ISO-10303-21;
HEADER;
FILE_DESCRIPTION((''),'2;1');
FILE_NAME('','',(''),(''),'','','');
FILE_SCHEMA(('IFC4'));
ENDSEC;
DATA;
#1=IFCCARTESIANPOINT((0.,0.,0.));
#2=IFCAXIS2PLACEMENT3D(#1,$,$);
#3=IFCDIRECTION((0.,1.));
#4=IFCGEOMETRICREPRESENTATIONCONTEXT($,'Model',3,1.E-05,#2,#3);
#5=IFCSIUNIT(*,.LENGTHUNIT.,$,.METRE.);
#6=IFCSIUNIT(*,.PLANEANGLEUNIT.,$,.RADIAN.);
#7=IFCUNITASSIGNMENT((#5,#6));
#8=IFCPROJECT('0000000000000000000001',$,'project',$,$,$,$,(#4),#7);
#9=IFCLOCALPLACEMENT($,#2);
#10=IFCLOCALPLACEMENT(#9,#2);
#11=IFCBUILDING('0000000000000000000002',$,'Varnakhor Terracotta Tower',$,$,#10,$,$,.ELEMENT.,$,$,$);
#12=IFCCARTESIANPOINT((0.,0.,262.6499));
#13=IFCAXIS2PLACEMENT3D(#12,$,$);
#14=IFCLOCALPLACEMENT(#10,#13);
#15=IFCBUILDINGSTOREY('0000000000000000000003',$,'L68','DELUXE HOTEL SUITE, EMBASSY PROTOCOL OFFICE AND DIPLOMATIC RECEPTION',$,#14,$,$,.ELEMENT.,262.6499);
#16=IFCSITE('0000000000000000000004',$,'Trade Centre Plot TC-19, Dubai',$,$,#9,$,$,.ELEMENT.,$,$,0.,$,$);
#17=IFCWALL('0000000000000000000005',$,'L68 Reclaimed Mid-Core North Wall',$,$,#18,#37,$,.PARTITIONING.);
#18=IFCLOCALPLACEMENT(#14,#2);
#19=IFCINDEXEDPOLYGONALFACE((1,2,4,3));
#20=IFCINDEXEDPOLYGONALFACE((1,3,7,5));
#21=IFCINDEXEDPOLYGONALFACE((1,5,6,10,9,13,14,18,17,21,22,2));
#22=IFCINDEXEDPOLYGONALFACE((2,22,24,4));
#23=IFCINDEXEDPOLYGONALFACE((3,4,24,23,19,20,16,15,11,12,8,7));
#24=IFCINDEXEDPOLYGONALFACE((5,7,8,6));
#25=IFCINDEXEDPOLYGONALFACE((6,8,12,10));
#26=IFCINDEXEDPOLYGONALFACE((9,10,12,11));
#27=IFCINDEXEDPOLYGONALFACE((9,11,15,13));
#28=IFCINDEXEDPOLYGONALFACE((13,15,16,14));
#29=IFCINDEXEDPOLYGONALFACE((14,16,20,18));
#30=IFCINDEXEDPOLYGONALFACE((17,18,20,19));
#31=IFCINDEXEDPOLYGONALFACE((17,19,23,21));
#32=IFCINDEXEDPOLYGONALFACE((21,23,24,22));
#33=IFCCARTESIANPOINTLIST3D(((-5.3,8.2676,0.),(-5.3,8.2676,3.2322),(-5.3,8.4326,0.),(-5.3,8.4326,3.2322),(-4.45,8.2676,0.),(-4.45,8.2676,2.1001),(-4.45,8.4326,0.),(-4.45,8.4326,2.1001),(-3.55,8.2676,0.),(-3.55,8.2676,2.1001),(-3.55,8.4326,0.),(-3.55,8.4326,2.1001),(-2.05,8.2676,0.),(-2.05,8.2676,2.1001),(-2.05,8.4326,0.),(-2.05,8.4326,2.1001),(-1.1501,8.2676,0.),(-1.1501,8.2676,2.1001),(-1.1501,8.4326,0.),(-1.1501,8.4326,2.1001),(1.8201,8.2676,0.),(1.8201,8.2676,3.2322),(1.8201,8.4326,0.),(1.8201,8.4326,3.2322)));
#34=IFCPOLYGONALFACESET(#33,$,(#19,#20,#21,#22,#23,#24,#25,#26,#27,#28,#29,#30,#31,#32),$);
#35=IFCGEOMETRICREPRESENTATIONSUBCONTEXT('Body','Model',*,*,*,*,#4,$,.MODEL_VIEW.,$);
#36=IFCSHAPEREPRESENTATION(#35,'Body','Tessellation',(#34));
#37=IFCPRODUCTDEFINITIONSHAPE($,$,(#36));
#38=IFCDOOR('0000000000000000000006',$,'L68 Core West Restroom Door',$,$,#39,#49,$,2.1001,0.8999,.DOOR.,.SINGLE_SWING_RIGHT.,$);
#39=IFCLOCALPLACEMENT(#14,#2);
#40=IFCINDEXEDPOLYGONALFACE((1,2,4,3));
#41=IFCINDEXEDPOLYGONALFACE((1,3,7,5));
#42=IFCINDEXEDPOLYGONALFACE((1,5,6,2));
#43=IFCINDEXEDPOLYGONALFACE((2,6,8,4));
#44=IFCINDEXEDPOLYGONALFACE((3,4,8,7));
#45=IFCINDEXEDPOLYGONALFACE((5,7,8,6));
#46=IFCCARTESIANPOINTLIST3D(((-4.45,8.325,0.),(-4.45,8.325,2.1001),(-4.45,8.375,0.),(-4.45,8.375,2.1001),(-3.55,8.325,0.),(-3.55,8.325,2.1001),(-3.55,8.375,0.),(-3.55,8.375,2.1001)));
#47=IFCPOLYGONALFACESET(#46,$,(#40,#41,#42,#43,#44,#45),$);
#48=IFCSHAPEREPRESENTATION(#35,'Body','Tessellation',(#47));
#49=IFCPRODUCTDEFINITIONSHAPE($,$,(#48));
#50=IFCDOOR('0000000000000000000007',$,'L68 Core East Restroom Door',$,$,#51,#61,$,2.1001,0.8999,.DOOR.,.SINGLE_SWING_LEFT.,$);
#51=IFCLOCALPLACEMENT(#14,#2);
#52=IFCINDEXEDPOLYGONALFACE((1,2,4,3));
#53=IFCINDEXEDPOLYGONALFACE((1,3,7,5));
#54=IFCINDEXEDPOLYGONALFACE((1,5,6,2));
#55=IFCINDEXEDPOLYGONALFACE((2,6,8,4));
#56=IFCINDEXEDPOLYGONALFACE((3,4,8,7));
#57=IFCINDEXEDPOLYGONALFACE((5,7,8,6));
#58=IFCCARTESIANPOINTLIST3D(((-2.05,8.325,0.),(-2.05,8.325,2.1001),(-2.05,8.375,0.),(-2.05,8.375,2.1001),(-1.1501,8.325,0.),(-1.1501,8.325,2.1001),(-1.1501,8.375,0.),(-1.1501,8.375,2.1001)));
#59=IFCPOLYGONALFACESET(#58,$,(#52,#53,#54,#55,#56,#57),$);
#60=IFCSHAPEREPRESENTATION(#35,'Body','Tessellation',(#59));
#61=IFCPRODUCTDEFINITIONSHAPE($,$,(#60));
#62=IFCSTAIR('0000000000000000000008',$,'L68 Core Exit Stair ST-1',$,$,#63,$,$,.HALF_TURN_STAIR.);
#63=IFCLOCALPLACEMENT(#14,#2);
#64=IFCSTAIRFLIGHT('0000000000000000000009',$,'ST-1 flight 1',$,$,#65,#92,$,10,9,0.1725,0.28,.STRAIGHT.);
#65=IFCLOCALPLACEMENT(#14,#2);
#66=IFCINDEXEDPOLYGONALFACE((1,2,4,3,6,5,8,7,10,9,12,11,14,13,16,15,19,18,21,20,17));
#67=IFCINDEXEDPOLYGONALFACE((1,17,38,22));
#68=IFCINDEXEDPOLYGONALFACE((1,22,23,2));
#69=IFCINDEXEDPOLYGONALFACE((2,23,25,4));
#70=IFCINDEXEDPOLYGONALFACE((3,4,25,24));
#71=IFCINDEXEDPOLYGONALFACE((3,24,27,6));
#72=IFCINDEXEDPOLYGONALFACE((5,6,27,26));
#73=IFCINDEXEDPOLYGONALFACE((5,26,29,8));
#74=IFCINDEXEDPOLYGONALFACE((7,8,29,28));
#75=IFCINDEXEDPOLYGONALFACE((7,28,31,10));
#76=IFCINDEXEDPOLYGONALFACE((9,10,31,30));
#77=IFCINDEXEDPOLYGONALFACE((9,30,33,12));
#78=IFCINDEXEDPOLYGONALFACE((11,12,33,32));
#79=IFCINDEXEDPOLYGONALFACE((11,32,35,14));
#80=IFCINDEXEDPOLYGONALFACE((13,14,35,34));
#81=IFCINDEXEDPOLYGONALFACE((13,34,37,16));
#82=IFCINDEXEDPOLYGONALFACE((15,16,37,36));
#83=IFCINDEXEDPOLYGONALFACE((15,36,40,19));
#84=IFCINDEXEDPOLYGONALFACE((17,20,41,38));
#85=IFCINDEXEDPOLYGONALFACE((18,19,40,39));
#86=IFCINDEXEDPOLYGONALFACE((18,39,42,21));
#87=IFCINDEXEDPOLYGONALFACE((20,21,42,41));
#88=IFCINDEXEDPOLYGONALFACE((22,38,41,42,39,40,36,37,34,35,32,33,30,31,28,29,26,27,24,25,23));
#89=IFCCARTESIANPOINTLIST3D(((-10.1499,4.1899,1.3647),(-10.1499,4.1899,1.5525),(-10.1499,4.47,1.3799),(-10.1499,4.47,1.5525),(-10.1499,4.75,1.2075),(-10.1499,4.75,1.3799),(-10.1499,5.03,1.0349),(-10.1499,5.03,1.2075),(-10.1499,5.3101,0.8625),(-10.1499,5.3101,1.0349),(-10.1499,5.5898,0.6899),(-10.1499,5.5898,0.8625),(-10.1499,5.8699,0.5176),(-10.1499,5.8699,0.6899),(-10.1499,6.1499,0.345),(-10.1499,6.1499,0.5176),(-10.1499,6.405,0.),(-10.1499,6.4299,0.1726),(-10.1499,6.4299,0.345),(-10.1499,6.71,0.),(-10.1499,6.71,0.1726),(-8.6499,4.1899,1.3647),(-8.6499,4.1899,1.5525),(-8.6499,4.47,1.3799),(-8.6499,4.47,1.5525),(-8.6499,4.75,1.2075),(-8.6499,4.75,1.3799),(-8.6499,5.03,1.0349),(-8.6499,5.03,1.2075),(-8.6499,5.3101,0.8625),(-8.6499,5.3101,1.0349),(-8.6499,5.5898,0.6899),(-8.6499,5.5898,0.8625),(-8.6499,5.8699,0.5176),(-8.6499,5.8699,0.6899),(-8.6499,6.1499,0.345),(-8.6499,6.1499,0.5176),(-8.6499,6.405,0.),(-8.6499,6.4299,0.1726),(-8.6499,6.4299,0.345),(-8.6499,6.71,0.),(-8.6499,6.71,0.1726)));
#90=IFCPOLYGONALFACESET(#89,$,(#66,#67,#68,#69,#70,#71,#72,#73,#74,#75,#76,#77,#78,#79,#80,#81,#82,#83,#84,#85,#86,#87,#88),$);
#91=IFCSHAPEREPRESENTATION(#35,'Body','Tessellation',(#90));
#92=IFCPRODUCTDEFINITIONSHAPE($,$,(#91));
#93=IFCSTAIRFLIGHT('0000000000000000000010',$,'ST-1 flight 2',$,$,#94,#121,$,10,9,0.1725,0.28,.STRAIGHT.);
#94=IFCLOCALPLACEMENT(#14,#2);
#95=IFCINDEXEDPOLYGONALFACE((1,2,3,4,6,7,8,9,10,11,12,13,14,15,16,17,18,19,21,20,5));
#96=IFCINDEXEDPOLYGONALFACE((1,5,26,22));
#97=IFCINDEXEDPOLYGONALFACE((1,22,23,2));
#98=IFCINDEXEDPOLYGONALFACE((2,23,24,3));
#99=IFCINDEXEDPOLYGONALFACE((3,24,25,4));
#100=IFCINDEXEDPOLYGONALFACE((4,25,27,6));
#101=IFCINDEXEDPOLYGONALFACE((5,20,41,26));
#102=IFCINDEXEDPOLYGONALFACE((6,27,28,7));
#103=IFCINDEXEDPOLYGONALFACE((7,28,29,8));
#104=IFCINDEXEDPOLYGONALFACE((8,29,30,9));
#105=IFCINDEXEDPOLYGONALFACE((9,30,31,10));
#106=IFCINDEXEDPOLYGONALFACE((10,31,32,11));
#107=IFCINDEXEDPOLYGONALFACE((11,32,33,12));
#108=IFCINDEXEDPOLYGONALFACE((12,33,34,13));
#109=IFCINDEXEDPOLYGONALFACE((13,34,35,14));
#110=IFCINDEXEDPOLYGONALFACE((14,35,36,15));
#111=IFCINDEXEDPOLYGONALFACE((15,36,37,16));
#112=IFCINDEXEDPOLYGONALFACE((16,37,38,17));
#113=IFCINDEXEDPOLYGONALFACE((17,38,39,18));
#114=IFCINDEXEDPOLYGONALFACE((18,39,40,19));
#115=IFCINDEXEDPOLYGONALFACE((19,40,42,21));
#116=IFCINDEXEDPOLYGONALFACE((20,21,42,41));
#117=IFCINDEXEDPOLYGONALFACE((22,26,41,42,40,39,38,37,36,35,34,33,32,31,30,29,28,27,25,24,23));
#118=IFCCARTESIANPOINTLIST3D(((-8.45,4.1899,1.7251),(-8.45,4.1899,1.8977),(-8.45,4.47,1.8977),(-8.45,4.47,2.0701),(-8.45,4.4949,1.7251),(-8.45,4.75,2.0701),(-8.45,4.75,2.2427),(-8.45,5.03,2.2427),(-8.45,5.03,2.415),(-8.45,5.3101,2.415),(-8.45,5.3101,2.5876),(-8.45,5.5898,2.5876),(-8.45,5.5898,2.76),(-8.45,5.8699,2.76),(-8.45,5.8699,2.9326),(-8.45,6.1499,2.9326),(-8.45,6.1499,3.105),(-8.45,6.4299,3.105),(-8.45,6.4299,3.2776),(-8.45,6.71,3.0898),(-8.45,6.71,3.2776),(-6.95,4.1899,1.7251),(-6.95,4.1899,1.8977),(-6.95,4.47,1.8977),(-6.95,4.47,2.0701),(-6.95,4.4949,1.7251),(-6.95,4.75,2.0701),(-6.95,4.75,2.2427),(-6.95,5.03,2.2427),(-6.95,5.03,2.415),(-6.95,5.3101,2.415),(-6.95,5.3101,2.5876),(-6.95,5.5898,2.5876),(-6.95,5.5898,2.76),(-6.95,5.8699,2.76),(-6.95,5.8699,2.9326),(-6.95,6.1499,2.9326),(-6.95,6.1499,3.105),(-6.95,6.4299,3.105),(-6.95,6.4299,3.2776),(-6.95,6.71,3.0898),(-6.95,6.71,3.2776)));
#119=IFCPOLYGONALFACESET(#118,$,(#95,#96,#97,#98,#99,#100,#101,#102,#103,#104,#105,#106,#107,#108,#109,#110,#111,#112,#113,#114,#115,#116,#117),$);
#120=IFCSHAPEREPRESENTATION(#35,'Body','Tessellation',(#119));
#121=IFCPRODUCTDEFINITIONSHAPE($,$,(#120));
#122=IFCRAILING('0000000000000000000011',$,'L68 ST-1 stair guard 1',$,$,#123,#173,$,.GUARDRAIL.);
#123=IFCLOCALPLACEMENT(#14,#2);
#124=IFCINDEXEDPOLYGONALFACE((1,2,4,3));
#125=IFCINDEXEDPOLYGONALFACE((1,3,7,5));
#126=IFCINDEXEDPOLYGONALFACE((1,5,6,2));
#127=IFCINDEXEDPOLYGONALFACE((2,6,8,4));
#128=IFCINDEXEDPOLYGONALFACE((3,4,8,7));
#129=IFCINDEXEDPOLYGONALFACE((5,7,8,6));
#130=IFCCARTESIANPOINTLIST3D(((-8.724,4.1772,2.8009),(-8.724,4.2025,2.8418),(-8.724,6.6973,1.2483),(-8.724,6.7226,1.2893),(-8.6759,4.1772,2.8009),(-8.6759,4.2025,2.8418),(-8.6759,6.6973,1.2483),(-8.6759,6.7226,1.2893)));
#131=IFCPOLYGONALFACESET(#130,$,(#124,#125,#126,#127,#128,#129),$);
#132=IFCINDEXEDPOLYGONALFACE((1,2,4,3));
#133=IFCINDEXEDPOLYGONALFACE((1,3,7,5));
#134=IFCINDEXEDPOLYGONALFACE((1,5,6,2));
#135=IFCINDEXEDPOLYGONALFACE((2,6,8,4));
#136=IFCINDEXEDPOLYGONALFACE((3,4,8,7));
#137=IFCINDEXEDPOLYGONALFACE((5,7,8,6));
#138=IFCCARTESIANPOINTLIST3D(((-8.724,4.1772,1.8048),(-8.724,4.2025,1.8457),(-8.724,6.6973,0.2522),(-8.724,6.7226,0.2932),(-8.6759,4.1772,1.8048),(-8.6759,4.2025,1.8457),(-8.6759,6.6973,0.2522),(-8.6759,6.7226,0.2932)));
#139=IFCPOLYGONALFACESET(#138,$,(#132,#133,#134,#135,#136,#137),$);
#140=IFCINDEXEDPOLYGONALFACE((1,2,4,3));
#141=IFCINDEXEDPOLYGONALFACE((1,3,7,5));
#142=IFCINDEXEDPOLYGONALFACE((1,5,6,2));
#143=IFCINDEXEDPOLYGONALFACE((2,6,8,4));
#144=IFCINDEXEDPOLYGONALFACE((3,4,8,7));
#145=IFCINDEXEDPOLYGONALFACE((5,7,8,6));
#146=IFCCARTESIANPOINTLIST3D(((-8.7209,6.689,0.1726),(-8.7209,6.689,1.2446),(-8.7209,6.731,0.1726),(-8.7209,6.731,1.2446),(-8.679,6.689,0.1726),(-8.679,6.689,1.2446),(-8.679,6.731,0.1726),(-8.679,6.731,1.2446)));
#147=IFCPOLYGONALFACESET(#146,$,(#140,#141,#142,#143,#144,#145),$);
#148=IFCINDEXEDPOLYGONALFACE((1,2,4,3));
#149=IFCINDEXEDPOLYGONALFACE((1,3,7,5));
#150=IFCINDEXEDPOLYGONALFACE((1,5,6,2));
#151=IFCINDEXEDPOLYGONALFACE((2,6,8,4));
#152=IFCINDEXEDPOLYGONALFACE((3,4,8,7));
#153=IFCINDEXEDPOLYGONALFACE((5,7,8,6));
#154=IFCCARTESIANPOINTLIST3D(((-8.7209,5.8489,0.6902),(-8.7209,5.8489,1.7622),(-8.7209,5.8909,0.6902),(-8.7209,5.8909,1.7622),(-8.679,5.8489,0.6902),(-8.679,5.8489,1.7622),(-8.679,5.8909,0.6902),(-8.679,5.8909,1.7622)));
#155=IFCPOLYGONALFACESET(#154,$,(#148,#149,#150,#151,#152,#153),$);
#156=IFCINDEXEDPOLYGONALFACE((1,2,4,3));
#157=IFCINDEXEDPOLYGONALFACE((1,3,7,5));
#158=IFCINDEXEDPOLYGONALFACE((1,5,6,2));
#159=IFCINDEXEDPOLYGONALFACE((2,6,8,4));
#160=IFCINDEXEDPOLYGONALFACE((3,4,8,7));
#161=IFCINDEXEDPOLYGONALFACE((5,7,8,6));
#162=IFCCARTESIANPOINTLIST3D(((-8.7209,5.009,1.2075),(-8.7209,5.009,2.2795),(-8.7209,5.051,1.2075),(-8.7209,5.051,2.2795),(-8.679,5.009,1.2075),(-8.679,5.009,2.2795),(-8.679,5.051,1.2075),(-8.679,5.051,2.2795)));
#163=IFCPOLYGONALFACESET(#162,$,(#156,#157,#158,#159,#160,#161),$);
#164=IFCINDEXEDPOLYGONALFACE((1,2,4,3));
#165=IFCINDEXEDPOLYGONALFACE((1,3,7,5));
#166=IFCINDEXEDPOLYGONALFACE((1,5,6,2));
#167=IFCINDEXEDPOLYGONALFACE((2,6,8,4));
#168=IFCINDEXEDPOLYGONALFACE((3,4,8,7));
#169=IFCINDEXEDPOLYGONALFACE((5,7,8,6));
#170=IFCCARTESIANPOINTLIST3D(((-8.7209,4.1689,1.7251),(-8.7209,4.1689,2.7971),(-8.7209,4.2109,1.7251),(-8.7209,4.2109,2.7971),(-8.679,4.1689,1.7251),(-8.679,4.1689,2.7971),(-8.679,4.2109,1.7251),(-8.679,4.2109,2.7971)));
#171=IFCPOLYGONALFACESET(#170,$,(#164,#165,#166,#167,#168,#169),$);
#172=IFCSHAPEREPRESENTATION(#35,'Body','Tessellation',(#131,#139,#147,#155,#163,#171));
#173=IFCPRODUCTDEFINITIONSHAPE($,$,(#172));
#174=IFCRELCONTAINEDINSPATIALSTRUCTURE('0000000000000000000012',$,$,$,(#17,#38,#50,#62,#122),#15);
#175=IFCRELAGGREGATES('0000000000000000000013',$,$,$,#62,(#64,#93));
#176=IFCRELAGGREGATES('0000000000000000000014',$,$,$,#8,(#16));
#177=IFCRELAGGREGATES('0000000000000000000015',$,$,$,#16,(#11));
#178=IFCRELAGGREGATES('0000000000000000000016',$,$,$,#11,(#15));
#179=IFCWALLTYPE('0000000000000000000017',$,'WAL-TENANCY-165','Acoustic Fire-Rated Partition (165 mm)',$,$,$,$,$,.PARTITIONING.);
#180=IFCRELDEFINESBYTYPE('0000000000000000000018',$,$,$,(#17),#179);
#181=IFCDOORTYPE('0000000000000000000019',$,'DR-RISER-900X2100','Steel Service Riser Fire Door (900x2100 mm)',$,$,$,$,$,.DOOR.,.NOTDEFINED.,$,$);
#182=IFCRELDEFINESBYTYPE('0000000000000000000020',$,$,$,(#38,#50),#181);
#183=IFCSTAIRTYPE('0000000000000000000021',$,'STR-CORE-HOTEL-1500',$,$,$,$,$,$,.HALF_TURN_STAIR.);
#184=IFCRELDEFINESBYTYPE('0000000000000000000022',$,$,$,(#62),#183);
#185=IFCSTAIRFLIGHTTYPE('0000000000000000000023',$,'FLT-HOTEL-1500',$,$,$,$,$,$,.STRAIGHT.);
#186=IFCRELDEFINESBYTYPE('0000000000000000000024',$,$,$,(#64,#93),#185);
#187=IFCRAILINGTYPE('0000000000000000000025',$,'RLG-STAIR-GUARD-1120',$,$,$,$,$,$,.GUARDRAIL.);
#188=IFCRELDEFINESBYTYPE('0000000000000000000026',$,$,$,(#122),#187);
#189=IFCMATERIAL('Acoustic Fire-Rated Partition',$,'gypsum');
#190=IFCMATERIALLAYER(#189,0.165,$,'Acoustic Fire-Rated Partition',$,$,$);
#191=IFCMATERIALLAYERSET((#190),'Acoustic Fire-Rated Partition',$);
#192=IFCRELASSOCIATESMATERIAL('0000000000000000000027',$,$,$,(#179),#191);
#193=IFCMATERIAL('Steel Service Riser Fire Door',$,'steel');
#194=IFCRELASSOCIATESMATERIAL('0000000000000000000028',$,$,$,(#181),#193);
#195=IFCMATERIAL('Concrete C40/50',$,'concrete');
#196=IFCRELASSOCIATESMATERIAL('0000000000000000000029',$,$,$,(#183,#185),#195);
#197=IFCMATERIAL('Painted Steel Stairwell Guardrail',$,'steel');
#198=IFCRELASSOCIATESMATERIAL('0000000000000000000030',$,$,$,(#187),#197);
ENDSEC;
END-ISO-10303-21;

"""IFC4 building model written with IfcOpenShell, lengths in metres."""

from ifc_helpers import new_model, si_unit, direction, frame, frame_2d, origin, origin_2d, place, context, subcontext, project, spatial, polyline, rectangle, outline, extrude, source, transform, mapped, material, layer, layer_set, type_object, type_shapes, element, fill, aggregate, save


model = new_model("IFC4")

# Units and contexts
model_context = context("Model", 3, precision=1e-05, world=origin(), true_north=direction((0.0, 1.0)))
body_context = subcontext(model_context, "Body", "Model", "MODEL_VIEW")
ifc_project = project(units=[si_unit("LENGTHUNIT", "METRE"), si_unit("PLANEANGLEUNIT", "RADIAN")], contexts=[model_context])

# Site, building, storey
site_placement = place(None, origin())
site = spatial("IfcSite", under=ifc_project, at=site_placement, Name="Trade Centre Plot TC-19, Dubai", CompositionType="ELEMENT", RefElevation=0.0)
building_placement = place(site_placement, origin())
building = spatial("IfcBuilding", under=site, at=building_placement, Name="Varnakhor Terracotta Tower", CompositionType="ELEMENT")
storey_placement = place(building_placement, frame((0.0, 0.0, 262.6499)))
storey = spatial("IfcBuildingStorey", under=building, at=storey_placement, Name="L68", Description="DELUXE HOTEL SUITE, EMBASSY PROTOCOL OFFICE AND DIPLOMATIC RECEPTION", CompositionType="ELEMENT", Elevation=262.6499)

# Shared definitions
ifc_material_1 = material(Name="Concrete C40/50", Category="concrete")

# Shared definitions
ifc_material_2 = material(Name="Acoustic Fire-Rated Partition", Category="gypsum")
ifc_layer_1 = layer(ifc_material_2, 0.165, Name="Acoustic Fire-Rated Partition")
ifc_layer_set_1 = layer_set([ifc_layer_1], Name="Acoustic Fire-Rated Partition")
wall_type_1 = type_object("IfcWallType", Name="WAL-TENANCY-165", Description="Acoustic Fire-Rated Partition (165 mm)", PredefinedType="PARTITIONING", material=ifc_layer_set_1)
ifc_material_3 = material(Name="Steel Service Riser Fire Door", Category="steel")
door_type_1 = type_object("IfcDoorType", Name="DR-RISER-900X2100", Description="Steel Service Riser Fire Door (900x2100 mm)", OperationType="NOTDEFINED", PredefinedType="DOOR", material=ifc_material_3)
shared_shape_1 = source(origin(), body_context, "Body", "SweptSolid", [
    extrude(rectangle(XDim=0.8999, YDim=2.1001, at=frame_2d((0.45, 1.05))), frame((0.0, 0.0249, 0.0), z_axis=(0.0, -1.0, 0.0), x_axis=(1.0, 0.0, 0.0)), (0.0, 0.0, 1.0), 0.05),
])
type_shapes(door_type_1, [shared_shape_1])

# Wall, openings, doors
wall_1_placement = place(storey_placement, frame((-5.3, 8.3501, 0.0), z_axis=(0.0, 0.0, 1.0), x_axis=(1.0, 0.0, 0.0)))
wall_1 = element("IfcWall", 1, at=wall_1_placement, inside=storey, type_object=wall_type_1, Name="L68 Reclaimed Mid-Core North Wall", PredefinedType="PARTITIONING", context=body_context, shape_type="SweptSolid", body=[
    extrude(rectangle(XDim=7.1201, YDim=0.165, at=frame_2d((3.5601, 0.0))), origin(), (0.0, 0.0, 1.0), 3.2322),
])
opening_1_placement = place(wall_1_placement, frame((0.8501, 0.0, 0.0)))
opening_1 = element("IfcOpeningElement", 2, at=opening_1_placement, cuts=wall_1, PredefinedType="OPENING", context=body_context, shape_type="SweptSolid", body=[
    extrude(rectangle(XDim=0.8999, YDim=2.1001, at=frame_2d((0.45, 1.05))), frame((0.0, 0.0925, 0.0), z_axis=(0.0, -1.0, 0.0), x_axis=(1.0, 0.0, 0.0)), (0.0, 0.0, 1.0), 0.1851),
])
opening_2_placement = place(wall_1_placement, frame((3.25, 0.0, 0.0)))
opening_2 = element("IfcOpeningElement", 3, at=opening_2_placement, cuts=wall_1, PredefinedType="OPENING", context=body_context, shape_type="SweptSolid", body=[
    extrude(rectangle(XDim=0.8999, YDim=2.1001, at=frame_2d((0.45, 1.05))), frame((0.0, 0.0925, 0.0), z_axis=(0.0, -1.0, 0.0), x_axis=(1.0, 0.0, 0.0)), (0.0, 0.0, 1.0), 0.1851),
])
door_1_placement = place(opening_1_placement, origin())
door_1 = element("IfcDoor", 4, at=door_1_placement, inside=storey, type_object=door_type_1, Name="L68 Core West Restroom Door", OperationType="SINGLE_SWING_RIGHT", OverallHeight=2.1001, OverallWidth=0.8999, PredefinedType="DOOR", context=body_context, shape_type="MappedRepresentation", body=[
    mapped(shared_shape_1, transform((0.0, 0.0, 0.0), scale=1.0)),
])
fill(opening_1, door_1)
door_2_placement = place(opening_2_placement, origin())
door_2 = element("IfcDoor", 5, at=door_2_placement, inside=storey, type_object=door_type_1, Name="L68 Core East Restroom Door", OperationType="SINGLE_SWING_LEFT", OverallHeight=2.1001, OverallWidth=0.8999, PredefinedType="DOOR", context=body_context, shape_type="MappedRepresentation", body=[
    mapped(shared_shape_1, transform((0.0, 0.0, 0.0), scale=1.0)),
])
fill(opening_2, door_2)

# Stair, stair flights
stair_type = type_object("IfcStairType", Name="STR-CORE-HOTEL-1500", PredefinedType="HALF_TURN_STAIR", material=ifc_material_1)
stair_placement = place(storey_placement, origin())
stair = element("IfcStair", 6, at=stair_placement, inside=storey, type_object=stair_type, Name="L68 Core Exit Stair ST-1", PredefinedType="HALF_TURN_STAIR")
stair_flight_type = type_object("IfcStairFlightType", Name="FLT-HOTEL-1500", PredefinedType="STRAIGHT", material=ifc_material_1)
stair_flight_1_placement = place(storey_placement, frame((-9.3999, 6.71, 0.0), z_axis=(0.0, 0.0, 1.0), x_axis=(0.0, -1.0, 0.0)))
stair_flight_1 = element("IfcStairFlight", 7, at=stair_flight_1_placement, type_object=stair_flight_type, Name="ST-1 flight 1", NumberOfRisers=10, NumberOfTreads=9, PredefinedType="STRAIGHT", RiserHeight=0.1725, TreadLength=0.28, context=body_context, shape_type="SweptSolid", body=[
    extrude(outline(polyline([(0.0, 0.0), (0.0, 0.1726), (0.28, 0.1726), (0.28, 0.345), (0.5601, 0.345), (0.5601, 0.5176), (0.8401, 0.5176), (0.8401, 0.6899), (1.1201, 0.6899), (1.1201, 0.8625), (1.3999, 0.8625), (1.3999, 1.0349), (1.6799, 1.0349), (1.6799, 1.2075), (1.96, 1.2075), (1.96, 1.3799), (2.24, 1.3799), (2.24, 1.5525), (2.52, 1.5525), (2.52, 1.7251), (2.52, 1.3647), (0.3049, 0.0), (0.0, 0.0)])), frame((0.0, 0.75, 0.0), z_axis=(0.0, -1.0, 0.0), x_axis=(1.0, 0.0, 0.0)), (0.0, 0.0, 1.0), 1.5),
])
stair_flight_2_placement = place(storey_placement, frame((-7.7, 4.1899, 1.7251), z_axis=(0.0, 0.0, 1.0), x_axis=(0.0, 1.0, 0.0)))
stair_flight_2 = element("IfcStairFlight", 8, at=stair_flight_2_placement, type_object=stair_flight_type, Name="ST-1 flight 2", NumberOfRisers=10, NumberOfTreads=9, PredefinedType="STRAIGHT", RiserHeight=0.1725, TreadLength=0.28, context=body_context, shape_type="SweptSolid", body=[
    extrude(outline(polyline([(0.0, 0.0), (0.0, 0.1726), (0.28, 0.1726), (0.28, 0.345), (0.5601, 0.345), (0.5601, 0.5176), (0.8401, 0.5176), (0.8401, 0.6899), (1.1201, 0.6899), (1.1201, 0.8625), (1.3999, 0.8625), (1.3999, 1.0349), (1.6799, 1.0349), (1.6799, 1.2075), (1.96, 1.2075), (1.96, 1.3799), (2.24, 1.3799), (2.24, 1.5525), (2.52, 1.5525), (2.52, 1.7251), (2.52, 1.3647), (0.3049, 0.0), (0.0, 0.0)])), frame((0.0, 0.75, 0.0), z_axis=(0.0, -1.0, 0.0), x_axis=(1.0, 0.0, 0.0)), (0.0, 0.0, 1.0), 1.5),
])
aggregate(stair, [stair_flight_1, stair_flight_2])

# Railing
ifc_material_4 = material(Name="Painted Steel Stairwell Guardrail", Category="steel")
railing_type_1 = type_object("IfcRailingType", Name="RLG-STAIR-GUARD-1120", PredefinedType="GUARDRAIL", material=ifc_material_4)
railing_1_placement = place(storey_placement, frame((-8.7, 6.71, 0.1726)))
element("IfcRailing", 9, at=railing_1_placement, inside=storey, type_object=railing_type_1, Name="L68 ST-1 stair guard 1", PredefinedType="GUARDRAIL", context=body_context, shape_type="SweptSolid", body=[
    extrude(rectangle(XDim=0.0481, YDim=0.0481, at=origin_2d()), frame((0.0, 0.0, 1.0962), z_axis=(0.0, -0.8514, 0.524516), x_axis=(1.0, 0.0, 0.0)), (0.0, 0.0, 1.0), 2.96),
    extrude(rectangle(XDim=0.0481, YDim=0.0481, at=origin_2d()), frame((0.0, 0.0, 0.1001), z_axis=(0.0, -0.8514, 0.524516), x_axis=(1.0, 0.0, 0.0)), (0.0, 0.0, 1.0), 2.96),
    extrude(rectangle(XDim=0.042, YDim=0.042, at=origin_2d()), origin(), (0.0, 0.0, 1.0), 1.072),
    extrude(rectangle(XDim=0.042, YDim=0.042, at=origin_2d()), frame((0.0, -0.8401, 0.5176)), (0.0, 0.0, 1.0), 1.072),
    extrude(rectangle(XDim=0.042, YDim=0.042, at=origin_2d()), frame((0.0, -1.6799, 1.0349)), (0.0, 0.0, 1.0), 1.072),
    extrude(rectangle(XDim=0.042, YDim=0.042, at=origin_2d()), frame((0.0, -2.52, 1.5525)), (0.0, 0.0, 1.0), 1.072),
])

save(model, "model.ifc")
